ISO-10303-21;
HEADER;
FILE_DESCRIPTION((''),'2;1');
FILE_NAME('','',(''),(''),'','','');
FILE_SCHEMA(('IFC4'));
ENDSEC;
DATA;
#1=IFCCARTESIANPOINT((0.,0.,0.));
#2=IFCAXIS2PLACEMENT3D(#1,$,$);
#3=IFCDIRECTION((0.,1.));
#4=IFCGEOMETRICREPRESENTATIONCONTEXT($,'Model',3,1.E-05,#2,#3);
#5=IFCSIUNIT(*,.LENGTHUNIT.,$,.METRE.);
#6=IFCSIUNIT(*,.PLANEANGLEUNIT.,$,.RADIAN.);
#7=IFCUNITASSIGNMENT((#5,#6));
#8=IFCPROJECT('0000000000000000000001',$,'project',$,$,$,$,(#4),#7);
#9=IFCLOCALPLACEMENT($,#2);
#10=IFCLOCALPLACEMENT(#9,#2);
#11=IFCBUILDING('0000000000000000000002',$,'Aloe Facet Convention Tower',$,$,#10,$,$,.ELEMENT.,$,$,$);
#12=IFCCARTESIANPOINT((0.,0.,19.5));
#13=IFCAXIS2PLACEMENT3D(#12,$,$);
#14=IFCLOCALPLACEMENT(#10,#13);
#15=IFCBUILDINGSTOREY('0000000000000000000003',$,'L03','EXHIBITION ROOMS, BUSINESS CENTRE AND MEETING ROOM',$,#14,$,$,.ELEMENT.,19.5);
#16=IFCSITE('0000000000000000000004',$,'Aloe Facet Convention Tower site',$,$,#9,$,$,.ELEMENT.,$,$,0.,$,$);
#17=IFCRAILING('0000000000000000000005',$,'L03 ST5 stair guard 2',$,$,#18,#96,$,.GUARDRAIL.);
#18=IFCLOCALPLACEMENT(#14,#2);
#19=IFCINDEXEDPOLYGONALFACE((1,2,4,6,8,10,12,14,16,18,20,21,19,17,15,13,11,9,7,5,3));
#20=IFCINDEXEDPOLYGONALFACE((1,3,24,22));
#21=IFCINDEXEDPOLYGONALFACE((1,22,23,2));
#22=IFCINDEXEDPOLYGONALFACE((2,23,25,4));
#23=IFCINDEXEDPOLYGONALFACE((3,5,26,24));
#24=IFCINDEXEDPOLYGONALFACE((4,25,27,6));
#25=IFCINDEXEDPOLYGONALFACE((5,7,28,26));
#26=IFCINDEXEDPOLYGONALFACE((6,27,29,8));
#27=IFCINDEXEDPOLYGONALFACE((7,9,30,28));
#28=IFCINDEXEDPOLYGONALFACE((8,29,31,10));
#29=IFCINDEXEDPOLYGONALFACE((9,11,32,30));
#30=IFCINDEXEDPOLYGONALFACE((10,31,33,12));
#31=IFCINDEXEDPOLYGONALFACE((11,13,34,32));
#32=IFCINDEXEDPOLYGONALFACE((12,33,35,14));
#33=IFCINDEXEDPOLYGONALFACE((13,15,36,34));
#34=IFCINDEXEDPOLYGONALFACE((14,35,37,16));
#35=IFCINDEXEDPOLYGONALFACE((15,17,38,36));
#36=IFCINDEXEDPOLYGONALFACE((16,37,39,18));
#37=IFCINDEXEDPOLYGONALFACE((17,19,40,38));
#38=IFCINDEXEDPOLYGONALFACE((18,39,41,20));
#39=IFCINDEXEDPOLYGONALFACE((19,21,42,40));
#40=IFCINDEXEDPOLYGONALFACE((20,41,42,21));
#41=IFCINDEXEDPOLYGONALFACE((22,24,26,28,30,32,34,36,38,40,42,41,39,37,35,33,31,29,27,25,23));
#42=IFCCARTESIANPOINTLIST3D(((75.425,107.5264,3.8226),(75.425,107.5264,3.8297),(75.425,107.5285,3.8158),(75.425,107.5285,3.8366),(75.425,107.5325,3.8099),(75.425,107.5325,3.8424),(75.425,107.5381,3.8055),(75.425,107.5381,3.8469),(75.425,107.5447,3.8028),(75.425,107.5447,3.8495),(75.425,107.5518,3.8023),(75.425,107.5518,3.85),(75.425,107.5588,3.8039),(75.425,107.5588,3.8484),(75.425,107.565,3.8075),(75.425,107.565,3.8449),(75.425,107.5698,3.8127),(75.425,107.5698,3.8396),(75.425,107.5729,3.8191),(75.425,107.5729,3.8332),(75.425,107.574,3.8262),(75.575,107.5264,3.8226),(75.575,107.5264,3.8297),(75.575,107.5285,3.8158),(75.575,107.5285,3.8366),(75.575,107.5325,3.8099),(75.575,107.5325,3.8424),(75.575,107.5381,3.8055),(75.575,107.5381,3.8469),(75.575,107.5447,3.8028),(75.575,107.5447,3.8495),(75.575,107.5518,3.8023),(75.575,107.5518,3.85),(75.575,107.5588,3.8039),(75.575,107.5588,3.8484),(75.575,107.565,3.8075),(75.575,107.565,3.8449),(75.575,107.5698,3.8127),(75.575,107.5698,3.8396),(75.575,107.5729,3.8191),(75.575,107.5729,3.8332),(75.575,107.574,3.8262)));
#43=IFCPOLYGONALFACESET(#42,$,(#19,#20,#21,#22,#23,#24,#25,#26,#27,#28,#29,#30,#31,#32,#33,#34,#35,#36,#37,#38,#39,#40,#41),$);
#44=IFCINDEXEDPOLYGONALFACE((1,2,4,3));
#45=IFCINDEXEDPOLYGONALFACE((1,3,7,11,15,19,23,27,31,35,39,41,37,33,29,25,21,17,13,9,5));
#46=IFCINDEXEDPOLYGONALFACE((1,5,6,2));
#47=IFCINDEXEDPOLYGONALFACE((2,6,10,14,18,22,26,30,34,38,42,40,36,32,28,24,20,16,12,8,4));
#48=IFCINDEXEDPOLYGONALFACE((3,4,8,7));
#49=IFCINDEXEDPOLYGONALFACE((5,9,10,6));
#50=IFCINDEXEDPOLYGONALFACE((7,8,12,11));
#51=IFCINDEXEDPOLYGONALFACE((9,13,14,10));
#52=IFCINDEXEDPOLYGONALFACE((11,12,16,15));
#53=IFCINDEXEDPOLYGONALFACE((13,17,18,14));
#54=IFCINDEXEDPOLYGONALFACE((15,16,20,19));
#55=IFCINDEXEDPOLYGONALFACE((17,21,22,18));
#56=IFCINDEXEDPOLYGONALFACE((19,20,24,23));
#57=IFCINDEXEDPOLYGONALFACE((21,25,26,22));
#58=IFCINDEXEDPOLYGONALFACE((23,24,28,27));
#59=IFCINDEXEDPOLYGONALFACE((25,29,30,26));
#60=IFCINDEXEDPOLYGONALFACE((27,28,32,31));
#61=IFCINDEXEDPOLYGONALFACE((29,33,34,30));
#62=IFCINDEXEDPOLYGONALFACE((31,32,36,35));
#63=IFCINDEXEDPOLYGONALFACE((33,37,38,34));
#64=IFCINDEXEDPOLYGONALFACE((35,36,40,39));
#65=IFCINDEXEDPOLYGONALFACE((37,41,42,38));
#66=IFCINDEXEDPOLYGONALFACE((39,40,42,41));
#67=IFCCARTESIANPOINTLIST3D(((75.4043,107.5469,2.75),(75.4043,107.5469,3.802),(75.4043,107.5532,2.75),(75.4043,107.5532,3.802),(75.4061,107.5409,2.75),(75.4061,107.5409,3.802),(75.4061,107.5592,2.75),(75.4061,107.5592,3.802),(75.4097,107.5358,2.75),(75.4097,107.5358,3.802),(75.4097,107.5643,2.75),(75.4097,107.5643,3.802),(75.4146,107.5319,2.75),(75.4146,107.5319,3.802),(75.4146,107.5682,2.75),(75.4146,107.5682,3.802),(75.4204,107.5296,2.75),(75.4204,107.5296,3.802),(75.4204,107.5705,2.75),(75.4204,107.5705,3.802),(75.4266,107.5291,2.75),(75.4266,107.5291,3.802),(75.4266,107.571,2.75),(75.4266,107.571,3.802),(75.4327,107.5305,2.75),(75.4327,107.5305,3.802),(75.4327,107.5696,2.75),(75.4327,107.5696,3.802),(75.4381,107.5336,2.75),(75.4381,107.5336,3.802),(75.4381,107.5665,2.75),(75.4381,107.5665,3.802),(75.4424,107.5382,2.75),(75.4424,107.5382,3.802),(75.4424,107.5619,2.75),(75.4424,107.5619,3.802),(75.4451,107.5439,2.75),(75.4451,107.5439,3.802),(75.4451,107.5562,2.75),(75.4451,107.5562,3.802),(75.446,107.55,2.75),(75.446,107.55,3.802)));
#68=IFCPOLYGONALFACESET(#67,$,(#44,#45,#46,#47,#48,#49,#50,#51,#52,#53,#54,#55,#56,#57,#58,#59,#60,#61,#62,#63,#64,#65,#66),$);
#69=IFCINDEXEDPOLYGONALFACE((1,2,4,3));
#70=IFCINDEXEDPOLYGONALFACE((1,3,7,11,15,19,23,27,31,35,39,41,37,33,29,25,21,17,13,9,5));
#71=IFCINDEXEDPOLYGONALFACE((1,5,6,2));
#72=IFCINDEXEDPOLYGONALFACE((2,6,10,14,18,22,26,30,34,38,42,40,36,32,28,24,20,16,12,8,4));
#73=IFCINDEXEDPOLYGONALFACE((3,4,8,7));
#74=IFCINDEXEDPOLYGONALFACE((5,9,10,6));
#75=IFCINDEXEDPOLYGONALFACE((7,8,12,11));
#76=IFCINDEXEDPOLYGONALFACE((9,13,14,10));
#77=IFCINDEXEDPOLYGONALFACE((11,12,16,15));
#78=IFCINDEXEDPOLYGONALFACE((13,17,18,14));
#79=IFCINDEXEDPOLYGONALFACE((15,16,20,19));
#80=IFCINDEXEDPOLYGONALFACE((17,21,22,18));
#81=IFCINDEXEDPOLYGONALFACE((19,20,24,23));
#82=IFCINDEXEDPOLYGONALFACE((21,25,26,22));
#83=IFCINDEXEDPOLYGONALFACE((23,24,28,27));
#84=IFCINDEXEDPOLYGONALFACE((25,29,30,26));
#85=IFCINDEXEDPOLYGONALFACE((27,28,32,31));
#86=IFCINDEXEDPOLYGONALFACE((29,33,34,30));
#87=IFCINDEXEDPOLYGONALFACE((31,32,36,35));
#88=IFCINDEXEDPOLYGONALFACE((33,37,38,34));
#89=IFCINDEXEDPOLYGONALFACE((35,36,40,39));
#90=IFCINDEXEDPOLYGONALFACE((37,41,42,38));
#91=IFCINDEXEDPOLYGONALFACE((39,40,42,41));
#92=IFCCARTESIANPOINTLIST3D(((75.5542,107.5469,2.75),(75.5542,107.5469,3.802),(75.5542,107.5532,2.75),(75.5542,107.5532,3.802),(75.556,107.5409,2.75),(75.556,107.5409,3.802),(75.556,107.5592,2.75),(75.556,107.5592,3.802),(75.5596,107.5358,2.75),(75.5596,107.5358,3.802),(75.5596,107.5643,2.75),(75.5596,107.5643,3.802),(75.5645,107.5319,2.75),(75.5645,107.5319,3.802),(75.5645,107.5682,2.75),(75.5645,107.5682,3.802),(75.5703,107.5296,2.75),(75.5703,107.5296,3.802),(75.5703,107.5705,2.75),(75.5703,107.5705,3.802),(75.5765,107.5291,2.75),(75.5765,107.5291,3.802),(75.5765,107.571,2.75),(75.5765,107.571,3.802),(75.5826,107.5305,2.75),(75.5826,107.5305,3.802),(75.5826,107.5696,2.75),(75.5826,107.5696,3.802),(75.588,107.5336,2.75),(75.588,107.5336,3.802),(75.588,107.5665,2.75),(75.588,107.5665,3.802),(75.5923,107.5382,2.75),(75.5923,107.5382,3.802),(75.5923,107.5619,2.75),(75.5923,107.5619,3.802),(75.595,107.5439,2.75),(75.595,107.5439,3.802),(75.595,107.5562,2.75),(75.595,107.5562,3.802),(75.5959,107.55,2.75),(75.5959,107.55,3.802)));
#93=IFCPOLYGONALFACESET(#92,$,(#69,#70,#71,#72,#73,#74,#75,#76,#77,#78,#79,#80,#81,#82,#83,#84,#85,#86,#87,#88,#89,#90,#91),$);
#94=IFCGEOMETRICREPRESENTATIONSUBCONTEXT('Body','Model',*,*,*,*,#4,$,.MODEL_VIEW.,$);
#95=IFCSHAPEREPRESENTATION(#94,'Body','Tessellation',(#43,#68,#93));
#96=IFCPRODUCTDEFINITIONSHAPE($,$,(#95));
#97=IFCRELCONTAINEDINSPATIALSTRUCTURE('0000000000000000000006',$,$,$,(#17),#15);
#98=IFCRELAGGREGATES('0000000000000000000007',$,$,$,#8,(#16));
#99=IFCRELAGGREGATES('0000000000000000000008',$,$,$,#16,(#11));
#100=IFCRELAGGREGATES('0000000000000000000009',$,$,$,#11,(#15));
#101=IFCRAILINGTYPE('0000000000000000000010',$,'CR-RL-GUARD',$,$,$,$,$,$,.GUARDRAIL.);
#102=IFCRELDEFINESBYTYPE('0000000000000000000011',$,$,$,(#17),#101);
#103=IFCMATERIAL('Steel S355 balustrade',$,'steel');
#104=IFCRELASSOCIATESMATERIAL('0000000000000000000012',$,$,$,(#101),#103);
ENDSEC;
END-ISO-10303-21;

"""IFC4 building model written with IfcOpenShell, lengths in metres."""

from ifc_helpers import new_model, si_unit, direction, frame, origin, origin_2d, place, context, subcontext, project, spatial, circle, extrude, material, type_object, element, save


model = new_model("IFC4")

# Units and contexts
model_context = context("Model", 3, precision=1e-05, world=origin(), true_north=direction((0.0, 1.0)))
body_context = subcontext(model_context, "Body", "Model", "MODEL_VIEW")
ifc_project = project(units=[si_unit("LENGTHUNIT", "METRE"), si_unit("PLANEANGLEUNIT", "RADIAN")], contexts=[model_context])

# Site, building, storey
site_placement = place(None, origin())
site = spatial("IfcSite", under=ifc_project, at=site_placement, Name="Aloe Facet Convention Tower site", CompositionType="ELEMENT", RefElevation=0.0)
building_placement = place(site_placement, origin())
building = spatial("IfcBuilding", under=site, at=building_placement, Name="Aloe Facet Convention Tower", CompositionType="ELEMENT")
storey_placement = place(building_placement, frame((0.0, 0.0, 19.5)))
storey = spatial("IfcBuildingStorey", under=building, at=storey_placement, Name="L03", Description="EXHIBITION ROOMS, BUSINESS CENTRE AND MEETING ROOM", CompositionType="ELEMENT", Elevation=19.5)

# Railing
ifc_material_1 = material(Name="Steel S355 balustrade", Category="steel")
railing_type = type_object("IfcRailingType", Name="CR-RL-GUARD", PredefinedType="GUARDRAIL", material=ifc_material_1)
railing_1_placement = place(storey_placement, frame((75.425, 107.55, 2.75)))
element("IfcRailing", 1, at=railing_1_placement, inside=storey, type_object=railing_type, Name="L03 ST5 stair guard 2", PredefinedType="GUARDRAIL", context=body_context, shape_type="SweptSolid", body=[
    extrude(circle(Radius=0.0239, at=origin_2d()), frame((0.0, 0.0, 1.0762), z_axis=(1.0, 0.0, 0.0), x_axis=(0.0, 1.0, 0.0)), (0.0, 0.0, 1.0), 0.1499),
    extrude(circle(Radius=0.021, at=origin_2d()), origin(), (0.0, 0.0, 1.0), 1.052),
    extrude(circle(Radius=0.021, at=origin_2d()), frame((0.1499, 0.0, 0.0)), (0.0, 0.0, 1.0), 1.052),
])

save(model, "model.ifc")
